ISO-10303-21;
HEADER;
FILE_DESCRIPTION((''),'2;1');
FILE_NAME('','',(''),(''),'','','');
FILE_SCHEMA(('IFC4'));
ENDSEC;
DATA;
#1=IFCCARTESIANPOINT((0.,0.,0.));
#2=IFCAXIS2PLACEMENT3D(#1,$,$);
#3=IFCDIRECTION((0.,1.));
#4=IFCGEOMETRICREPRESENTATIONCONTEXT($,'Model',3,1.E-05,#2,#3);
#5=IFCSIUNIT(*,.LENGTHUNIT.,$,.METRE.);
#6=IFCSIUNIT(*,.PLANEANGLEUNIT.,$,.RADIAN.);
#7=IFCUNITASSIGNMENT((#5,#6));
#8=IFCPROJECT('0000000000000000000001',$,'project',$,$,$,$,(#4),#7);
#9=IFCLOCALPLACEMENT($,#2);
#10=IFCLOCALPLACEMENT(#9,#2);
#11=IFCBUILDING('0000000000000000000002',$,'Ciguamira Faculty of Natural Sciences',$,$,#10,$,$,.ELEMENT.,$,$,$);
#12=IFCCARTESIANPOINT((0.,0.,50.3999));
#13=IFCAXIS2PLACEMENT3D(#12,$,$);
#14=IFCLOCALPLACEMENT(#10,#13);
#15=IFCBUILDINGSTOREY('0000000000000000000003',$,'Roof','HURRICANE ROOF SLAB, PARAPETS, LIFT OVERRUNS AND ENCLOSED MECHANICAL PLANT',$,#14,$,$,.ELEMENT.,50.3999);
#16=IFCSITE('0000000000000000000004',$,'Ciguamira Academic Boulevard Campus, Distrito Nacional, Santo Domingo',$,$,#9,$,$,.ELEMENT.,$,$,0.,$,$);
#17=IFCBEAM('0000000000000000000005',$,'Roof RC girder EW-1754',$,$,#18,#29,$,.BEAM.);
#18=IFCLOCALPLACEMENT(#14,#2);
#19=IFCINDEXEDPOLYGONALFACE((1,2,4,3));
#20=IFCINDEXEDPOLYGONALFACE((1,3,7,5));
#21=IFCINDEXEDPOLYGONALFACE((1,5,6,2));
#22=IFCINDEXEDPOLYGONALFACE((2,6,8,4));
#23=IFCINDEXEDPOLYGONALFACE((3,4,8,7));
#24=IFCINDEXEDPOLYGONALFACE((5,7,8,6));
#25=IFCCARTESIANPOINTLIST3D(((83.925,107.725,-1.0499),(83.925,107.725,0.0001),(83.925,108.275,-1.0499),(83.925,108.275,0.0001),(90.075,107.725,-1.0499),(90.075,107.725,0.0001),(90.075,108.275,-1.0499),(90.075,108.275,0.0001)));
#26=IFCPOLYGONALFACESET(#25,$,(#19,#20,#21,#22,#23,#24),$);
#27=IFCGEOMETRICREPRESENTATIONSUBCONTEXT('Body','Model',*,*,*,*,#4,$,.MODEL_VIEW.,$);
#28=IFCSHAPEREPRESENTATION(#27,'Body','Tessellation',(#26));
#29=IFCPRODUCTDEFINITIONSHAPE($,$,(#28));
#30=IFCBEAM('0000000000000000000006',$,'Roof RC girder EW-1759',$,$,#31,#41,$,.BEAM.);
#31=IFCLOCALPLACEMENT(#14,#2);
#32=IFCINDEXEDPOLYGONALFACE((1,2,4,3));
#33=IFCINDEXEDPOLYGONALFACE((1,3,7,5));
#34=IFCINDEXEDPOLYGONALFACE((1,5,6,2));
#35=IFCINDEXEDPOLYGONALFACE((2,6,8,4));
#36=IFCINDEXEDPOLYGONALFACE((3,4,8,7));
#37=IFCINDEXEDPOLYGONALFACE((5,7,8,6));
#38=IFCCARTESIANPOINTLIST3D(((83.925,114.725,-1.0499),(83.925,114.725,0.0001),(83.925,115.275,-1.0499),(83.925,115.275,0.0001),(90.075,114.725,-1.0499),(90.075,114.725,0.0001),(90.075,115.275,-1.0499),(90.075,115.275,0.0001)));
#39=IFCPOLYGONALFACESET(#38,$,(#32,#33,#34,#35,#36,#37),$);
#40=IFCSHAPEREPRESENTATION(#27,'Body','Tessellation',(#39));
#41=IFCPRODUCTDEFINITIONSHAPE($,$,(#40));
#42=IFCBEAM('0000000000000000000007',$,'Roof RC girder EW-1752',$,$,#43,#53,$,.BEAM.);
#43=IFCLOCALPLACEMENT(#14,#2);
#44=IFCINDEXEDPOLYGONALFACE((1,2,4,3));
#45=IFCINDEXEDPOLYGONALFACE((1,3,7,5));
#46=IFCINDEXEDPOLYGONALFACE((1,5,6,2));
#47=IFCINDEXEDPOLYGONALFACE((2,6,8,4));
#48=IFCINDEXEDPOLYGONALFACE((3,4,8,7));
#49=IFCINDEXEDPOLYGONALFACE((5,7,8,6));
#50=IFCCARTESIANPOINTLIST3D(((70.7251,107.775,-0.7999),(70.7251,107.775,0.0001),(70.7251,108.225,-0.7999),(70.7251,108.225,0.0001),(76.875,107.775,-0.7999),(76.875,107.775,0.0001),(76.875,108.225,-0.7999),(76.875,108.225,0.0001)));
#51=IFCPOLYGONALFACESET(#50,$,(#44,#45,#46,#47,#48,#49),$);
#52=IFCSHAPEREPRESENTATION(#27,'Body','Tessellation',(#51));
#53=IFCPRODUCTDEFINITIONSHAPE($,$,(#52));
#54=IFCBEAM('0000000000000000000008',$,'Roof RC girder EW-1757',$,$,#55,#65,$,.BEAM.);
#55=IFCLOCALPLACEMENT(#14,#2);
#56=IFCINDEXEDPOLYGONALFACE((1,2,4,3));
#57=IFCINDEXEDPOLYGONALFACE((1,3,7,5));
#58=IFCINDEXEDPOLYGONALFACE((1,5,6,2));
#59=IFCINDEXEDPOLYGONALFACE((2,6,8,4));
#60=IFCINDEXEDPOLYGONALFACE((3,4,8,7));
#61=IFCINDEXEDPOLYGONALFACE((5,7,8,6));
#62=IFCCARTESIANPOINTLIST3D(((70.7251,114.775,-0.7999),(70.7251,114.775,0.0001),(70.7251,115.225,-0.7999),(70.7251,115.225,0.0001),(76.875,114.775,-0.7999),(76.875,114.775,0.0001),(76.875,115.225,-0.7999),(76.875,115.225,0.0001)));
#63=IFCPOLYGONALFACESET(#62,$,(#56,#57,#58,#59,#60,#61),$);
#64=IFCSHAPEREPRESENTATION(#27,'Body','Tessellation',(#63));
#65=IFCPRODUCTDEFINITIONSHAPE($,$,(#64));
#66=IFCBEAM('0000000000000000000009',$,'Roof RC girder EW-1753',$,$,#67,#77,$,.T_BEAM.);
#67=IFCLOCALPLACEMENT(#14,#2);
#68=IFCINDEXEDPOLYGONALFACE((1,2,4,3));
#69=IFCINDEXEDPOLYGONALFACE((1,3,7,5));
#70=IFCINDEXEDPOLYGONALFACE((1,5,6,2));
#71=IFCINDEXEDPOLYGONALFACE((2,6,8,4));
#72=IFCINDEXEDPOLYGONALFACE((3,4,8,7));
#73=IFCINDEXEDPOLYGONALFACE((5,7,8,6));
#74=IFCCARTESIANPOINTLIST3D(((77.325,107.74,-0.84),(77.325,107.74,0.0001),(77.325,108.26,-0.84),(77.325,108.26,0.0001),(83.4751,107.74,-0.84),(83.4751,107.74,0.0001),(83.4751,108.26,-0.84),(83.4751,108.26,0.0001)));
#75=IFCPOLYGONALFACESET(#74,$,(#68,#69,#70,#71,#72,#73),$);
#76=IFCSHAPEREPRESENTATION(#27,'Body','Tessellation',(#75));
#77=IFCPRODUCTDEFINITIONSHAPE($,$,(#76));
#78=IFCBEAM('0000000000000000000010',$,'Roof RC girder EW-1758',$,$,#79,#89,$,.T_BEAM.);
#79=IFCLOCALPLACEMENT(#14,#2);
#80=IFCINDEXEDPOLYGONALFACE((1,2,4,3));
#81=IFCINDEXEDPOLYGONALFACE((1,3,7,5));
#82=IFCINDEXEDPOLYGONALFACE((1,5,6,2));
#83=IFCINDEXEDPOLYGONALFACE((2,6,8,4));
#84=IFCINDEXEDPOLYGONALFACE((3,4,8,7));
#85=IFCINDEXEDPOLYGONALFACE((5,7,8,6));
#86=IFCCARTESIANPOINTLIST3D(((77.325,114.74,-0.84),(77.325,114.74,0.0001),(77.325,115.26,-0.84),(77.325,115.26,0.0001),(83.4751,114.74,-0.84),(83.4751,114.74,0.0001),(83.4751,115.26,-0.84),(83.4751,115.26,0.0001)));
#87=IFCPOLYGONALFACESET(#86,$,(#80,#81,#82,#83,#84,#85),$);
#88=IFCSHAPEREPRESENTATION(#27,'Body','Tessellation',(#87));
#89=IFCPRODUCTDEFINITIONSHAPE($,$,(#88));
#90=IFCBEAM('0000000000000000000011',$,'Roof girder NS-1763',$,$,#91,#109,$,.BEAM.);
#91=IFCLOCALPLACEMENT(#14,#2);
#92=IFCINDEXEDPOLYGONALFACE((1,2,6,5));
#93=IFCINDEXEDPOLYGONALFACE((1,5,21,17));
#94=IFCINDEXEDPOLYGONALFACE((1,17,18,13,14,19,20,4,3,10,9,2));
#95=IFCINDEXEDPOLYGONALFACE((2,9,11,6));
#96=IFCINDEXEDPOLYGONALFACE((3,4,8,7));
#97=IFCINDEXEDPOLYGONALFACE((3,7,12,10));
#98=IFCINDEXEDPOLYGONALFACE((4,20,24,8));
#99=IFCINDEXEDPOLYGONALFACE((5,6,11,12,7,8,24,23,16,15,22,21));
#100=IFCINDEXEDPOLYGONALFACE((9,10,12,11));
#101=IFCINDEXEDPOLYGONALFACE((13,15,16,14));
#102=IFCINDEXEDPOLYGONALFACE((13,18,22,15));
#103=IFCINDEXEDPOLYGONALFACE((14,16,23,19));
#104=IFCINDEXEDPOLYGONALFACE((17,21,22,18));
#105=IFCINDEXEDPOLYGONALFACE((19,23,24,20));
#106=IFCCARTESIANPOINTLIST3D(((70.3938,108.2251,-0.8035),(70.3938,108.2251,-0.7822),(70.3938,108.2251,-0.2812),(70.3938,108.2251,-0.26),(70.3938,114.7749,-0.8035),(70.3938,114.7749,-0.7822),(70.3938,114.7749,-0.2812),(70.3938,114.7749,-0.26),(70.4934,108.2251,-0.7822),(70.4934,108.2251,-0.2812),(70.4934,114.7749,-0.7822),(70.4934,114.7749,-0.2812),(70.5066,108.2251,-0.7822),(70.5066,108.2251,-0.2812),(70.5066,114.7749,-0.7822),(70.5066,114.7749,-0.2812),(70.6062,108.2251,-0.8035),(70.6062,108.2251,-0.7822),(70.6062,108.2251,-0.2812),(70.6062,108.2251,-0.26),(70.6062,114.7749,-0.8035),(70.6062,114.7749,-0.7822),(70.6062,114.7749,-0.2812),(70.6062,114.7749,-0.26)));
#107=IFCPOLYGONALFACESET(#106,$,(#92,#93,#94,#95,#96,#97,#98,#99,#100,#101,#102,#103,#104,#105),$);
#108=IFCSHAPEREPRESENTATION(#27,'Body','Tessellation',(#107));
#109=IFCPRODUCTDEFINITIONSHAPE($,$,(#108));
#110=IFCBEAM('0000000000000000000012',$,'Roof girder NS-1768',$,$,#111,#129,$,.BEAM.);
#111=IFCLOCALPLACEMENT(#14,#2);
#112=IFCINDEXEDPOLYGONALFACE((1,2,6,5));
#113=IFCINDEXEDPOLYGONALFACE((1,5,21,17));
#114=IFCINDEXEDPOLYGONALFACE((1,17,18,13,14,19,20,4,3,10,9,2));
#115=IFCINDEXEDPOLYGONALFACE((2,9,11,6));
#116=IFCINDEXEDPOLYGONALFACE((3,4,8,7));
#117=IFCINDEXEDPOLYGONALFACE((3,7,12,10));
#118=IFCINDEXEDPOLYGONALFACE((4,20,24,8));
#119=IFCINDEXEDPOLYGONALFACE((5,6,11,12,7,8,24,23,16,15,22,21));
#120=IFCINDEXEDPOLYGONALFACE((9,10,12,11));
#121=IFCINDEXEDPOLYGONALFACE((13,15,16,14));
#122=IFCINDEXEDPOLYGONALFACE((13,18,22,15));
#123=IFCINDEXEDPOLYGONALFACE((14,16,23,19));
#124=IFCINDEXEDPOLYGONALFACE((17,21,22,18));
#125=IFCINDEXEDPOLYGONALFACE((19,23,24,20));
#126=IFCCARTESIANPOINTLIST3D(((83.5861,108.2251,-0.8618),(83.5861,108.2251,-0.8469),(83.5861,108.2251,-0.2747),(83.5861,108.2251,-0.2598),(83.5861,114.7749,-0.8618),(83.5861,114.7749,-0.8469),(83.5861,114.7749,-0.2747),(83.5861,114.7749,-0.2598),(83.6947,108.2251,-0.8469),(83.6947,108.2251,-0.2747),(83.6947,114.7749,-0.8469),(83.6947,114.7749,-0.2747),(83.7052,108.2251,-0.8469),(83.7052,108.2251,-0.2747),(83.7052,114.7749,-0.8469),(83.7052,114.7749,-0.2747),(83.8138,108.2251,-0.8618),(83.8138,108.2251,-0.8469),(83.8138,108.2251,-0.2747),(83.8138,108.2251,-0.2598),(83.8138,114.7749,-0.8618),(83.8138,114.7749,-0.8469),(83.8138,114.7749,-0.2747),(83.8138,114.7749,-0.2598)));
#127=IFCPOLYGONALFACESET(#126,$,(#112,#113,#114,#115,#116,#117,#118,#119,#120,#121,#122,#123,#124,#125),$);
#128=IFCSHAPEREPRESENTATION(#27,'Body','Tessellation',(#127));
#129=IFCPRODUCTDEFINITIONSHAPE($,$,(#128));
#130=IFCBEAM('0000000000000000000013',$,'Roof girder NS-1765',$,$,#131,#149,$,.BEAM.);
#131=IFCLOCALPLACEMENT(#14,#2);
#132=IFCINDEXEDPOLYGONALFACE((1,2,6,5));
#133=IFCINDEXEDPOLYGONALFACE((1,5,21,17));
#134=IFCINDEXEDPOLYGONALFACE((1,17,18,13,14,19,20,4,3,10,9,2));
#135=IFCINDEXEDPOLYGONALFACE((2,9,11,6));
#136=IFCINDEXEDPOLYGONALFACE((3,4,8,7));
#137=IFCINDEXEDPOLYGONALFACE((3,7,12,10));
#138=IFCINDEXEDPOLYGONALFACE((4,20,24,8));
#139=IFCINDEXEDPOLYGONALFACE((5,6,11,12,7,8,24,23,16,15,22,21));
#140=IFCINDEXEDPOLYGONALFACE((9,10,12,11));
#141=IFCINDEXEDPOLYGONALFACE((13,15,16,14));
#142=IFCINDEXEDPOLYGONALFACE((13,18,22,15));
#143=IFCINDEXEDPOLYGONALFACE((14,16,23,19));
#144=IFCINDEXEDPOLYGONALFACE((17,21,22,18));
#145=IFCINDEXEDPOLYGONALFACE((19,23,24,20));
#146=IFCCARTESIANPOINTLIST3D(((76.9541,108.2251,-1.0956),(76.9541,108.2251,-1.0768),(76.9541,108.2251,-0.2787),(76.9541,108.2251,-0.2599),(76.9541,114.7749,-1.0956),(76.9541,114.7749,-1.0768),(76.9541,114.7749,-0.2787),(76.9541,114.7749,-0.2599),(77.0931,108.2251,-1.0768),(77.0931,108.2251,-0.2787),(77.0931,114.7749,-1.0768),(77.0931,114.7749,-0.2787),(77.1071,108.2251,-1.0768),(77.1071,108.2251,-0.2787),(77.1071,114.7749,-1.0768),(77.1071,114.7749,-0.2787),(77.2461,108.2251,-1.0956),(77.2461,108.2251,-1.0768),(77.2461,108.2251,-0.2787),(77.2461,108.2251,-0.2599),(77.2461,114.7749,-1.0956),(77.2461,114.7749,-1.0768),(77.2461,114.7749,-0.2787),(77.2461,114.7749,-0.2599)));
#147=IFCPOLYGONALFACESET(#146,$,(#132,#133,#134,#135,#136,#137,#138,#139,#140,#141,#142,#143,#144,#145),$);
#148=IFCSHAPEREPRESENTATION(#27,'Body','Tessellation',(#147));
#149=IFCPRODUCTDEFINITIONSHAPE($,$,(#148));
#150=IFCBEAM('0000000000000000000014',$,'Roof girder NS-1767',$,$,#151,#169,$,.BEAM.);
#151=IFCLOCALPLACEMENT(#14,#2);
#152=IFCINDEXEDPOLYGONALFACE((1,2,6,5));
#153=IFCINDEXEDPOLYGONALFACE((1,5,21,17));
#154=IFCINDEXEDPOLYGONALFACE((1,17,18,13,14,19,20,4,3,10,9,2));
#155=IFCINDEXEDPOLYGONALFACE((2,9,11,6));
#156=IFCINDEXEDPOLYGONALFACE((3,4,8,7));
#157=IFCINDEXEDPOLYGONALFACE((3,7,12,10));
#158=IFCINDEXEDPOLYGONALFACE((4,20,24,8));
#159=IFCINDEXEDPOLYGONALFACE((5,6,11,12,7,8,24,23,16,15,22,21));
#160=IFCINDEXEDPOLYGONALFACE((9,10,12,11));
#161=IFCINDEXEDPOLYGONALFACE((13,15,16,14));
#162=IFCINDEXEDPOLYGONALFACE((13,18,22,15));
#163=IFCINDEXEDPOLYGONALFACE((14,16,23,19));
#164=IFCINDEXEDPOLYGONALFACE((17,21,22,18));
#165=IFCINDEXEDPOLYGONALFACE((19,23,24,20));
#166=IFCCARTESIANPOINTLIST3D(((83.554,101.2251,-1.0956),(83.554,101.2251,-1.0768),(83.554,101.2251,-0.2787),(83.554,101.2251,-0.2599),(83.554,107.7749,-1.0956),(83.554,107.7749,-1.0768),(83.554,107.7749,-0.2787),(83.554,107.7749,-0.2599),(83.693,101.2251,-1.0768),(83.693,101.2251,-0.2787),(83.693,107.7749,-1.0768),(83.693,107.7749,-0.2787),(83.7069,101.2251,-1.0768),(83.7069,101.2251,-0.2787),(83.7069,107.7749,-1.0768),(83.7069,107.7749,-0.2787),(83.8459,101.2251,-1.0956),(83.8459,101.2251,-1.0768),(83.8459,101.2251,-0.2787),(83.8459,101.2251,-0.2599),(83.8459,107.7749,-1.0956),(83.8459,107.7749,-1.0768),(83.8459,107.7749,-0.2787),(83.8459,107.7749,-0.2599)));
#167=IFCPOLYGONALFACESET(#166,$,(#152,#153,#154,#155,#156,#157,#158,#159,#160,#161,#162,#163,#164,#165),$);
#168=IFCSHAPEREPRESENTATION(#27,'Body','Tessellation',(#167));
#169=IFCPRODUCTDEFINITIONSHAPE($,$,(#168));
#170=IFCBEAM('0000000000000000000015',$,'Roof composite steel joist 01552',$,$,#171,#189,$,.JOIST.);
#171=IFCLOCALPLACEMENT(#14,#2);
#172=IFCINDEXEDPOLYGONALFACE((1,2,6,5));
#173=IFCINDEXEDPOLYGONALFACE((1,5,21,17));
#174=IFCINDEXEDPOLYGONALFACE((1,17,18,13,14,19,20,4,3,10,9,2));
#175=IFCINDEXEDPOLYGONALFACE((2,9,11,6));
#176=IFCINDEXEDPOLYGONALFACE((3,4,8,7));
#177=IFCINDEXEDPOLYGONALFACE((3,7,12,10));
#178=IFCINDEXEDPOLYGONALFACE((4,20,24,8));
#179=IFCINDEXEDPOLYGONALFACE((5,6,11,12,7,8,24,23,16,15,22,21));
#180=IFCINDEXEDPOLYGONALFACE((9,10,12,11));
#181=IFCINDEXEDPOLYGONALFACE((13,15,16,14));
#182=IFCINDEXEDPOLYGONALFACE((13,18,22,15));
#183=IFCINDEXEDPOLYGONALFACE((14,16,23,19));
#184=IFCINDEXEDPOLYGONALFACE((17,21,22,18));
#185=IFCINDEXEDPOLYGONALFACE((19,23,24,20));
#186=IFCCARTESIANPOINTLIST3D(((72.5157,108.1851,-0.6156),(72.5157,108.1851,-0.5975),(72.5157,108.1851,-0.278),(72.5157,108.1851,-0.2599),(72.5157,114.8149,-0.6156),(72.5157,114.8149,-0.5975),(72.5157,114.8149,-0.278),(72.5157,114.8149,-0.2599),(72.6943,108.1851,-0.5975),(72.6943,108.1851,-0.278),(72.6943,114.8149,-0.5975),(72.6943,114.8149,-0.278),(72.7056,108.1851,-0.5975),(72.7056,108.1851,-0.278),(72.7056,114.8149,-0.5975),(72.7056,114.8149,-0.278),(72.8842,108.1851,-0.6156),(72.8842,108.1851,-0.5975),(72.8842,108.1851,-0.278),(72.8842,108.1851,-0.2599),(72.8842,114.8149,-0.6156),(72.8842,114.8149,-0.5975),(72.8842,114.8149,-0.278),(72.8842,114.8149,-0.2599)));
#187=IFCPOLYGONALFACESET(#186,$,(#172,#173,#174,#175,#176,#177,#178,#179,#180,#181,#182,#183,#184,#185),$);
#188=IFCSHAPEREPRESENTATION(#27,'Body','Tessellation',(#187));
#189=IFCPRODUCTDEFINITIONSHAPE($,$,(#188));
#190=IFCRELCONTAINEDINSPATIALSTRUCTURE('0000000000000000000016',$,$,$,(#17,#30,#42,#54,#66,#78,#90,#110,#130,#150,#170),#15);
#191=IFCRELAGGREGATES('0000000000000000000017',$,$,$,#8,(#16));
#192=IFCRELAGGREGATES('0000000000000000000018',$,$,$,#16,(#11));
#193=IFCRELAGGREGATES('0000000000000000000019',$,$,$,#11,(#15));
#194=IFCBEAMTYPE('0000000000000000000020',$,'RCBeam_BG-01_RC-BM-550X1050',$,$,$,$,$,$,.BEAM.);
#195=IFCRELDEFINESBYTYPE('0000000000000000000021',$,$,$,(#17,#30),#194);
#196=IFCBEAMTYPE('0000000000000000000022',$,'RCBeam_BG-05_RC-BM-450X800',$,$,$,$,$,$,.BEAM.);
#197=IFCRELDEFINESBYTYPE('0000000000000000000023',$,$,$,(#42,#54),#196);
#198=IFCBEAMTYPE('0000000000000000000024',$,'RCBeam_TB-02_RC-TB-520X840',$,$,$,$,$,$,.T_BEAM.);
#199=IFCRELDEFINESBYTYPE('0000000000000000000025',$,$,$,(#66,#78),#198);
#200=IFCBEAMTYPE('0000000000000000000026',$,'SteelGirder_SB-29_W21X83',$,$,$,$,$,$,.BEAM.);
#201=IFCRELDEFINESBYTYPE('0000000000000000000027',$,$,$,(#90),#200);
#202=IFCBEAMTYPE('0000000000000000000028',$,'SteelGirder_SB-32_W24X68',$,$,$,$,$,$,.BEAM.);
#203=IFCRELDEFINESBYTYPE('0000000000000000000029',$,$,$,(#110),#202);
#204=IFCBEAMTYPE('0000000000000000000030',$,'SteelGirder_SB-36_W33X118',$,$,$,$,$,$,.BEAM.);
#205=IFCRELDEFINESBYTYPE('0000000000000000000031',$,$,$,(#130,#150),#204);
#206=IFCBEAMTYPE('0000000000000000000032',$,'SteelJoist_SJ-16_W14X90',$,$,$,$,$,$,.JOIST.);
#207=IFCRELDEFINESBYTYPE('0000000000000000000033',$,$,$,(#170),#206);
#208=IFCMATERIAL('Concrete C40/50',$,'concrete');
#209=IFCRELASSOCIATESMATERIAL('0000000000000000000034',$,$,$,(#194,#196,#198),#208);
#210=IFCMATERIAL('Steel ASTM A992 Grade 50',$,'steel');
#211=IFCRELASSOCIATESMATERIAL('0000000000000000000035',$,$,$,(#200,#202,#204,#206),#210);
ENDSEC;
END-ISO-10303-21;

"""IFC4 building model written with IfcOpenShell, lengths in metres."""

from ifc_helpers import new_model, si_unit, direction, frame, origin, origin_2d, place, context, subcontext, project, spatial, rectangle, i_section, extrude, material, material_profile, profile_set, type_object, element, save


model = new_model("IFC4")

# Units and contexts
model_context = context("Model", 3, precision=1e-05, world=origin(), true_north=direction((0.0, 1.0)))
body_context = subcontext(model_context, "Body", "Model", "MODEL_VIEW")
ifc_project = project(units=[si_unit("LENGTHUNIT", "METRE"), si_unit("PLANEANGLEUNIT", "RADIAN")], contexts=[model_context])

# Site, building, storey
site_placement = place(None, origin())
site = spatial("IfcSite", under=ifc_project, at=site_placement, Name="Ciguamira Academic Boulevard Campus, Distrito Nacional, Santo Domingo", CompositionType="ELEMENT", RefElevation=0.0)
building_placement = place(site_placement, origin())
building = spatial("IfcBuilding", under=site, at=building_placement, Name="Ciguamira Faculty of Natural Sciences", CompositionType="ELEMENT")
storey_placement = place(building_placement, frame((0.0, 0.0, 50.3999)))
storey = spatial("IfcBuildingStorey", under=building, at=storey_placement, Name="Roof", Description="HURRICANE ROOF SLAB, PARAPETS, LIFT OVERRUNS AND ENCLOSED MECHANICAL PLANT", CompositionType="ELEMENT", Elevation=50.3999)

# Beams
ifc_material_1 = material(Name="Concrete C40/50", Category="concrete")
ifc_material_profile_1 = material_profile(ifc_material_1, rectangle(XDim=0.55, YDim=1.05, at=origin_2d()), Name="RC-BM-550X1050")
ifc_profile_set_1 = profile_set([ifc_material_profile_1], Name="Concrete C40/50")
beam_type_1 = type_object("IfcBeamType", Name="RCBeam_BG-01_RC-BM-550X1050", PredefinedType="BEAM", material=ifc_profile_set_1)
for number, where, z_axis, x_axis, name in (
    (1, (83.925, 108.0, -0.5249), (1.0, 0.0, 0.0), (0.0, 1.0, 0.0), "Roof RC girder EW-1754"),
    (2, (83.925, 115.0, -0.5249), (1.0, 0.0, 0.0), (0.0, 1.0, 0.0), "Roof RC girder EW-1759"),
):
    element("IfcBeam", number, at=place(storey_placement, frame(where, z_axis=z_axis, x_axis=x_axis)), inside=storey, type_object=beam_type_1, Name=name, PredefinedType="BEAM", context=body_context, shape_type="SweptSolid", body=[
        extrude(rectangle(XDim=0.55, YDim=1.05, at=origin_2d()), origin(), (0.0, 0.0, 1.0), 6.1499),
    ])
ifc_material_profile_2 = material_profile(ifc_material_1, rectangle(XDim=0.45, YDim=0.8, at=origin_2d()), Name="RC-BM-450X800")
ifc_profile_set_2 = profile_set([ifc_material_profile_2], Name="Concrete C40/50")
beam_type_2 = type_object("IfcBeamType", Name="RCBeam_BG-05_RC-BM-450X800", PredefinedType="BEAM", material=ifc_profile_set_2)
for number, where, z_axis, x_axis, name in (
    (3, (70.7251, 108.0, -0.3999), (1.0, 0.0, 0.0), (0.0, 1.0, 0.0), "Roof RC girder EW-1752"),
    (4, (70.7251, 115.0, -0.3999), (1.0, 0.0, 0.0), (0.0, 1.0, 0.0), "Roof RC girder EW-1757"),
):
    element("IfcBeam", number, at=place(storey_placement, frame(where, z_axis=z_axis, x_axis=x_axis)), inside=storey, type_object=beam_type_2, Name=name, PredefinedType="BEAM", context=body_context, shape_type="SweptSolid", body=[
        extrude(rectangle(XDim=0.45, YDim=0.8, at=origin_2d()), origin(), (0.0, 0.0, 1.0), 6.1499),
    ])
ifc_material_profile_3 = material_profile(ifc_material_1, rectangle(XDim=0.52, YDim=0.8401, at=origin_2d()), Name="RC-TB-520X840")
ifc_profile_set_3 = profile_set([ifc_material_profile_3], Name="Concrete C40/50")
beam_type_3 = type_object("IfcBeamType", Name="RCBeam_TB-02_RC-TB-520X840", PredefinedType="T_BEAM", material=ifc_profile_set_3)
for number, where, z_axis, x_axis, name in (
    (5, (77.325, 108.0, -0.4199), (1.0, 0.0, 0.0), (0.0, 1.0, 0.0), "Roof RC girder EW-1753"),
    (6, (77.325, 115.0, -0.4199), (1.0, 0.0, 0.0), (0.0, 1.0, 0.0), "Roof RC girder EW-1758"),
):
    element("IfcBeam", number, at=place(storey_placement, frame(where, z_axis=z_axis, x_axis=x_axis)), inside=storey, type_object=beam_type_3, Name=name, PredefinedType="T_BEAM", context=body_context, shape_type="SweptSolid", body=[
        extrude(rectangle(XDim=0.52, YDim=0.8401, at=origin_2d()), origin(), (0.0, 0.0, 1.0), 6.1501),
    ])
ifc_material_2 = material(Name="Steel ASTM A992 Grade 50", Category="steel")
ifc_material_profile_4 = material_profile(ifc_material_2, i_section(OverallWidth=0.2124, OverallDepth=0.5435, WebThickness=0.0132, FlangeThickness=0.0212, at=origin_2d()), Name="W21X83")
ifc_profile_set_4 = profile_set([ifc_material_profile_4], Name="Steel ASTM A992 Grade 50")
beam_type_4 = type_object("IfcBeamType", Name="SteelGirder_SB-29_W21X83", PredefinedType="BEAM", material=ifc_profile_set_4)
beam_1_placement = place(storey_placement, frame((70.5, 108.2251, -0.5317), z_axis=(0.0, 1.0, 0.0), x_axis=(-1.0, 0.0, 0.0)))
element("IfcBeam", 7, at=beam_1_placement, inside=storey, type_object=beam_type_4, Name="Roof girder NS-1763", PredefinedType="BEAM", context=body_context, shape_type="SweptSolid", body=[
    extrude(i_section(OverallWidth=0.2124, OverallDepth=0.5435, WebThickness=0.0132, FlangeThickness=0.0212, at=origin_2d()), origin(), (0.0, 0.0, 1.0), 6.5498),
])
ifc_material_profile_5 = material_profile(ifc_material_2, i_section(OverallWidth=0.2278, OverallDepth=0.6021, WebThickness=0.0105, FlangeThickness=0.0149, at=origin_2d()), Name="W24X68")
ifc_profile_set_5 = profile_set([ifc_material_profile_5], Name="Steel ASTM A992 Grade 50")
beam_type_5 = type_object("IfcBeamType", Name="SteelGirder_SB-32_W24X68", PredefinedType="BEAM", material=ifc_profile_set_5)
beam_2_placement = place(storey_placement, frame((83.7, 108.2251, -0.5608), z_axis=(0.0, 1.0, 0.0), x_axis=(-1.0, 0.0, 0.0)))
element("IfcBeam", 8, at=beam_2_placement, inside=storey, type_object=beam_type_5, Name="Roof girder NS-1768", PredefinedType="BEAM", context=body_context, shape_type="SweptSolid", body=[
    extrude(i_section(OverallWidth=0.2278, OverallDepth=0.6021, WebThickness=0.0105, FlangeThickness=0.0149, at=origin_2d()), origin(), (0.0, 0.0, 1.0), 6.5498),
])
ifc_material_profile_6 = material_profile(ifc_material_2, i_section(OverallWidth=0.292, OverallDepth=0.8357, WebThickness=0.0139, FlangeThickness=0.0188, at=origin_2d()), Name="W33X118")
ifc_profile_set_6 = profile_set([ifc_material_profile_6], Name="Steel ASTM A992 Grade 50")
beam_type_6 = type_object("IfcBeamType", Name="SteelGirder_SB-36_W33X118", PredefinedType="BEAM", material=ifc_profile_set_6)
for number, where, z_axis, x_axis, name in (
    (9, (77.1001, 108.2251, -0.6777), (0.0, 1.0, 0.0), (-1.0, 0.0, 0.0), "Roof girder NS-1765"),
    (10, (83.7, 101.2251, -0.6777), (0.0, 1.0, 0.0), (-1.0, 0.0, 0.0), "Roof girder NS-1767"),
):
    element("IfcBeam", number, at=place(storey_placement, frame(where, z_axis=z_axis, x_axis=x_axis)), inside=storey, type_object=beam_type_6, Name=name, PredefinedType="BEAM", context=body_context, shape_type="SweptSolid", body=[
        extrude(i_section(OverallWidth=0.292, OverallDepth=0.8357, WebThickness=0.0139, FlangeThickness=0.0188, at=origin_2d()), origin(), (0.0, 0.0, 1.0), 6.5498),
    ])
ifc_material_profile_7 = material_profile(ifc_material_2, i_section(OverallWidth=0.3684, OverallDepth=0.3557, WebThickness=0.0112, FlangeThickness=0.0181, at=origin_2d()), Name="W14X90")
ifc_profile_set_7 = profile_set([ifc_material_profile_7], Name="Steel ASTM A992 Grade 50")
beam_type_7 = type_object("IfcBeamType", Name="SteelJoist_SJ-16_W14X90", PredefinedType="JOIST", material=ifc_profile_set_7)
beam_3_placement = place(storey_placement, frame((72.7, 108.1851, -0.4377), z_axis=(0.0, 1.0, 0.0), x_axis=(-1.0, 0.0, 0.0)))
element("IfcBeam", 11, at=beam_3_placement, inside=storey, type_object=beam_type_7, Name="Roof composite steel joist 01552", PredefinedType="JOIST", context=body_context, shape_type="SweptSolid", body=[
    extrude(i_section(OverallWidth=0.3684, OverallDepth=0.3557, WebThickness=0.0112, FlangeThickness=0.0181, at=origin_2d()), origin(), (0.0, 0.0, 1.0), 6.6299),
])

save(model, "model.ifc")
